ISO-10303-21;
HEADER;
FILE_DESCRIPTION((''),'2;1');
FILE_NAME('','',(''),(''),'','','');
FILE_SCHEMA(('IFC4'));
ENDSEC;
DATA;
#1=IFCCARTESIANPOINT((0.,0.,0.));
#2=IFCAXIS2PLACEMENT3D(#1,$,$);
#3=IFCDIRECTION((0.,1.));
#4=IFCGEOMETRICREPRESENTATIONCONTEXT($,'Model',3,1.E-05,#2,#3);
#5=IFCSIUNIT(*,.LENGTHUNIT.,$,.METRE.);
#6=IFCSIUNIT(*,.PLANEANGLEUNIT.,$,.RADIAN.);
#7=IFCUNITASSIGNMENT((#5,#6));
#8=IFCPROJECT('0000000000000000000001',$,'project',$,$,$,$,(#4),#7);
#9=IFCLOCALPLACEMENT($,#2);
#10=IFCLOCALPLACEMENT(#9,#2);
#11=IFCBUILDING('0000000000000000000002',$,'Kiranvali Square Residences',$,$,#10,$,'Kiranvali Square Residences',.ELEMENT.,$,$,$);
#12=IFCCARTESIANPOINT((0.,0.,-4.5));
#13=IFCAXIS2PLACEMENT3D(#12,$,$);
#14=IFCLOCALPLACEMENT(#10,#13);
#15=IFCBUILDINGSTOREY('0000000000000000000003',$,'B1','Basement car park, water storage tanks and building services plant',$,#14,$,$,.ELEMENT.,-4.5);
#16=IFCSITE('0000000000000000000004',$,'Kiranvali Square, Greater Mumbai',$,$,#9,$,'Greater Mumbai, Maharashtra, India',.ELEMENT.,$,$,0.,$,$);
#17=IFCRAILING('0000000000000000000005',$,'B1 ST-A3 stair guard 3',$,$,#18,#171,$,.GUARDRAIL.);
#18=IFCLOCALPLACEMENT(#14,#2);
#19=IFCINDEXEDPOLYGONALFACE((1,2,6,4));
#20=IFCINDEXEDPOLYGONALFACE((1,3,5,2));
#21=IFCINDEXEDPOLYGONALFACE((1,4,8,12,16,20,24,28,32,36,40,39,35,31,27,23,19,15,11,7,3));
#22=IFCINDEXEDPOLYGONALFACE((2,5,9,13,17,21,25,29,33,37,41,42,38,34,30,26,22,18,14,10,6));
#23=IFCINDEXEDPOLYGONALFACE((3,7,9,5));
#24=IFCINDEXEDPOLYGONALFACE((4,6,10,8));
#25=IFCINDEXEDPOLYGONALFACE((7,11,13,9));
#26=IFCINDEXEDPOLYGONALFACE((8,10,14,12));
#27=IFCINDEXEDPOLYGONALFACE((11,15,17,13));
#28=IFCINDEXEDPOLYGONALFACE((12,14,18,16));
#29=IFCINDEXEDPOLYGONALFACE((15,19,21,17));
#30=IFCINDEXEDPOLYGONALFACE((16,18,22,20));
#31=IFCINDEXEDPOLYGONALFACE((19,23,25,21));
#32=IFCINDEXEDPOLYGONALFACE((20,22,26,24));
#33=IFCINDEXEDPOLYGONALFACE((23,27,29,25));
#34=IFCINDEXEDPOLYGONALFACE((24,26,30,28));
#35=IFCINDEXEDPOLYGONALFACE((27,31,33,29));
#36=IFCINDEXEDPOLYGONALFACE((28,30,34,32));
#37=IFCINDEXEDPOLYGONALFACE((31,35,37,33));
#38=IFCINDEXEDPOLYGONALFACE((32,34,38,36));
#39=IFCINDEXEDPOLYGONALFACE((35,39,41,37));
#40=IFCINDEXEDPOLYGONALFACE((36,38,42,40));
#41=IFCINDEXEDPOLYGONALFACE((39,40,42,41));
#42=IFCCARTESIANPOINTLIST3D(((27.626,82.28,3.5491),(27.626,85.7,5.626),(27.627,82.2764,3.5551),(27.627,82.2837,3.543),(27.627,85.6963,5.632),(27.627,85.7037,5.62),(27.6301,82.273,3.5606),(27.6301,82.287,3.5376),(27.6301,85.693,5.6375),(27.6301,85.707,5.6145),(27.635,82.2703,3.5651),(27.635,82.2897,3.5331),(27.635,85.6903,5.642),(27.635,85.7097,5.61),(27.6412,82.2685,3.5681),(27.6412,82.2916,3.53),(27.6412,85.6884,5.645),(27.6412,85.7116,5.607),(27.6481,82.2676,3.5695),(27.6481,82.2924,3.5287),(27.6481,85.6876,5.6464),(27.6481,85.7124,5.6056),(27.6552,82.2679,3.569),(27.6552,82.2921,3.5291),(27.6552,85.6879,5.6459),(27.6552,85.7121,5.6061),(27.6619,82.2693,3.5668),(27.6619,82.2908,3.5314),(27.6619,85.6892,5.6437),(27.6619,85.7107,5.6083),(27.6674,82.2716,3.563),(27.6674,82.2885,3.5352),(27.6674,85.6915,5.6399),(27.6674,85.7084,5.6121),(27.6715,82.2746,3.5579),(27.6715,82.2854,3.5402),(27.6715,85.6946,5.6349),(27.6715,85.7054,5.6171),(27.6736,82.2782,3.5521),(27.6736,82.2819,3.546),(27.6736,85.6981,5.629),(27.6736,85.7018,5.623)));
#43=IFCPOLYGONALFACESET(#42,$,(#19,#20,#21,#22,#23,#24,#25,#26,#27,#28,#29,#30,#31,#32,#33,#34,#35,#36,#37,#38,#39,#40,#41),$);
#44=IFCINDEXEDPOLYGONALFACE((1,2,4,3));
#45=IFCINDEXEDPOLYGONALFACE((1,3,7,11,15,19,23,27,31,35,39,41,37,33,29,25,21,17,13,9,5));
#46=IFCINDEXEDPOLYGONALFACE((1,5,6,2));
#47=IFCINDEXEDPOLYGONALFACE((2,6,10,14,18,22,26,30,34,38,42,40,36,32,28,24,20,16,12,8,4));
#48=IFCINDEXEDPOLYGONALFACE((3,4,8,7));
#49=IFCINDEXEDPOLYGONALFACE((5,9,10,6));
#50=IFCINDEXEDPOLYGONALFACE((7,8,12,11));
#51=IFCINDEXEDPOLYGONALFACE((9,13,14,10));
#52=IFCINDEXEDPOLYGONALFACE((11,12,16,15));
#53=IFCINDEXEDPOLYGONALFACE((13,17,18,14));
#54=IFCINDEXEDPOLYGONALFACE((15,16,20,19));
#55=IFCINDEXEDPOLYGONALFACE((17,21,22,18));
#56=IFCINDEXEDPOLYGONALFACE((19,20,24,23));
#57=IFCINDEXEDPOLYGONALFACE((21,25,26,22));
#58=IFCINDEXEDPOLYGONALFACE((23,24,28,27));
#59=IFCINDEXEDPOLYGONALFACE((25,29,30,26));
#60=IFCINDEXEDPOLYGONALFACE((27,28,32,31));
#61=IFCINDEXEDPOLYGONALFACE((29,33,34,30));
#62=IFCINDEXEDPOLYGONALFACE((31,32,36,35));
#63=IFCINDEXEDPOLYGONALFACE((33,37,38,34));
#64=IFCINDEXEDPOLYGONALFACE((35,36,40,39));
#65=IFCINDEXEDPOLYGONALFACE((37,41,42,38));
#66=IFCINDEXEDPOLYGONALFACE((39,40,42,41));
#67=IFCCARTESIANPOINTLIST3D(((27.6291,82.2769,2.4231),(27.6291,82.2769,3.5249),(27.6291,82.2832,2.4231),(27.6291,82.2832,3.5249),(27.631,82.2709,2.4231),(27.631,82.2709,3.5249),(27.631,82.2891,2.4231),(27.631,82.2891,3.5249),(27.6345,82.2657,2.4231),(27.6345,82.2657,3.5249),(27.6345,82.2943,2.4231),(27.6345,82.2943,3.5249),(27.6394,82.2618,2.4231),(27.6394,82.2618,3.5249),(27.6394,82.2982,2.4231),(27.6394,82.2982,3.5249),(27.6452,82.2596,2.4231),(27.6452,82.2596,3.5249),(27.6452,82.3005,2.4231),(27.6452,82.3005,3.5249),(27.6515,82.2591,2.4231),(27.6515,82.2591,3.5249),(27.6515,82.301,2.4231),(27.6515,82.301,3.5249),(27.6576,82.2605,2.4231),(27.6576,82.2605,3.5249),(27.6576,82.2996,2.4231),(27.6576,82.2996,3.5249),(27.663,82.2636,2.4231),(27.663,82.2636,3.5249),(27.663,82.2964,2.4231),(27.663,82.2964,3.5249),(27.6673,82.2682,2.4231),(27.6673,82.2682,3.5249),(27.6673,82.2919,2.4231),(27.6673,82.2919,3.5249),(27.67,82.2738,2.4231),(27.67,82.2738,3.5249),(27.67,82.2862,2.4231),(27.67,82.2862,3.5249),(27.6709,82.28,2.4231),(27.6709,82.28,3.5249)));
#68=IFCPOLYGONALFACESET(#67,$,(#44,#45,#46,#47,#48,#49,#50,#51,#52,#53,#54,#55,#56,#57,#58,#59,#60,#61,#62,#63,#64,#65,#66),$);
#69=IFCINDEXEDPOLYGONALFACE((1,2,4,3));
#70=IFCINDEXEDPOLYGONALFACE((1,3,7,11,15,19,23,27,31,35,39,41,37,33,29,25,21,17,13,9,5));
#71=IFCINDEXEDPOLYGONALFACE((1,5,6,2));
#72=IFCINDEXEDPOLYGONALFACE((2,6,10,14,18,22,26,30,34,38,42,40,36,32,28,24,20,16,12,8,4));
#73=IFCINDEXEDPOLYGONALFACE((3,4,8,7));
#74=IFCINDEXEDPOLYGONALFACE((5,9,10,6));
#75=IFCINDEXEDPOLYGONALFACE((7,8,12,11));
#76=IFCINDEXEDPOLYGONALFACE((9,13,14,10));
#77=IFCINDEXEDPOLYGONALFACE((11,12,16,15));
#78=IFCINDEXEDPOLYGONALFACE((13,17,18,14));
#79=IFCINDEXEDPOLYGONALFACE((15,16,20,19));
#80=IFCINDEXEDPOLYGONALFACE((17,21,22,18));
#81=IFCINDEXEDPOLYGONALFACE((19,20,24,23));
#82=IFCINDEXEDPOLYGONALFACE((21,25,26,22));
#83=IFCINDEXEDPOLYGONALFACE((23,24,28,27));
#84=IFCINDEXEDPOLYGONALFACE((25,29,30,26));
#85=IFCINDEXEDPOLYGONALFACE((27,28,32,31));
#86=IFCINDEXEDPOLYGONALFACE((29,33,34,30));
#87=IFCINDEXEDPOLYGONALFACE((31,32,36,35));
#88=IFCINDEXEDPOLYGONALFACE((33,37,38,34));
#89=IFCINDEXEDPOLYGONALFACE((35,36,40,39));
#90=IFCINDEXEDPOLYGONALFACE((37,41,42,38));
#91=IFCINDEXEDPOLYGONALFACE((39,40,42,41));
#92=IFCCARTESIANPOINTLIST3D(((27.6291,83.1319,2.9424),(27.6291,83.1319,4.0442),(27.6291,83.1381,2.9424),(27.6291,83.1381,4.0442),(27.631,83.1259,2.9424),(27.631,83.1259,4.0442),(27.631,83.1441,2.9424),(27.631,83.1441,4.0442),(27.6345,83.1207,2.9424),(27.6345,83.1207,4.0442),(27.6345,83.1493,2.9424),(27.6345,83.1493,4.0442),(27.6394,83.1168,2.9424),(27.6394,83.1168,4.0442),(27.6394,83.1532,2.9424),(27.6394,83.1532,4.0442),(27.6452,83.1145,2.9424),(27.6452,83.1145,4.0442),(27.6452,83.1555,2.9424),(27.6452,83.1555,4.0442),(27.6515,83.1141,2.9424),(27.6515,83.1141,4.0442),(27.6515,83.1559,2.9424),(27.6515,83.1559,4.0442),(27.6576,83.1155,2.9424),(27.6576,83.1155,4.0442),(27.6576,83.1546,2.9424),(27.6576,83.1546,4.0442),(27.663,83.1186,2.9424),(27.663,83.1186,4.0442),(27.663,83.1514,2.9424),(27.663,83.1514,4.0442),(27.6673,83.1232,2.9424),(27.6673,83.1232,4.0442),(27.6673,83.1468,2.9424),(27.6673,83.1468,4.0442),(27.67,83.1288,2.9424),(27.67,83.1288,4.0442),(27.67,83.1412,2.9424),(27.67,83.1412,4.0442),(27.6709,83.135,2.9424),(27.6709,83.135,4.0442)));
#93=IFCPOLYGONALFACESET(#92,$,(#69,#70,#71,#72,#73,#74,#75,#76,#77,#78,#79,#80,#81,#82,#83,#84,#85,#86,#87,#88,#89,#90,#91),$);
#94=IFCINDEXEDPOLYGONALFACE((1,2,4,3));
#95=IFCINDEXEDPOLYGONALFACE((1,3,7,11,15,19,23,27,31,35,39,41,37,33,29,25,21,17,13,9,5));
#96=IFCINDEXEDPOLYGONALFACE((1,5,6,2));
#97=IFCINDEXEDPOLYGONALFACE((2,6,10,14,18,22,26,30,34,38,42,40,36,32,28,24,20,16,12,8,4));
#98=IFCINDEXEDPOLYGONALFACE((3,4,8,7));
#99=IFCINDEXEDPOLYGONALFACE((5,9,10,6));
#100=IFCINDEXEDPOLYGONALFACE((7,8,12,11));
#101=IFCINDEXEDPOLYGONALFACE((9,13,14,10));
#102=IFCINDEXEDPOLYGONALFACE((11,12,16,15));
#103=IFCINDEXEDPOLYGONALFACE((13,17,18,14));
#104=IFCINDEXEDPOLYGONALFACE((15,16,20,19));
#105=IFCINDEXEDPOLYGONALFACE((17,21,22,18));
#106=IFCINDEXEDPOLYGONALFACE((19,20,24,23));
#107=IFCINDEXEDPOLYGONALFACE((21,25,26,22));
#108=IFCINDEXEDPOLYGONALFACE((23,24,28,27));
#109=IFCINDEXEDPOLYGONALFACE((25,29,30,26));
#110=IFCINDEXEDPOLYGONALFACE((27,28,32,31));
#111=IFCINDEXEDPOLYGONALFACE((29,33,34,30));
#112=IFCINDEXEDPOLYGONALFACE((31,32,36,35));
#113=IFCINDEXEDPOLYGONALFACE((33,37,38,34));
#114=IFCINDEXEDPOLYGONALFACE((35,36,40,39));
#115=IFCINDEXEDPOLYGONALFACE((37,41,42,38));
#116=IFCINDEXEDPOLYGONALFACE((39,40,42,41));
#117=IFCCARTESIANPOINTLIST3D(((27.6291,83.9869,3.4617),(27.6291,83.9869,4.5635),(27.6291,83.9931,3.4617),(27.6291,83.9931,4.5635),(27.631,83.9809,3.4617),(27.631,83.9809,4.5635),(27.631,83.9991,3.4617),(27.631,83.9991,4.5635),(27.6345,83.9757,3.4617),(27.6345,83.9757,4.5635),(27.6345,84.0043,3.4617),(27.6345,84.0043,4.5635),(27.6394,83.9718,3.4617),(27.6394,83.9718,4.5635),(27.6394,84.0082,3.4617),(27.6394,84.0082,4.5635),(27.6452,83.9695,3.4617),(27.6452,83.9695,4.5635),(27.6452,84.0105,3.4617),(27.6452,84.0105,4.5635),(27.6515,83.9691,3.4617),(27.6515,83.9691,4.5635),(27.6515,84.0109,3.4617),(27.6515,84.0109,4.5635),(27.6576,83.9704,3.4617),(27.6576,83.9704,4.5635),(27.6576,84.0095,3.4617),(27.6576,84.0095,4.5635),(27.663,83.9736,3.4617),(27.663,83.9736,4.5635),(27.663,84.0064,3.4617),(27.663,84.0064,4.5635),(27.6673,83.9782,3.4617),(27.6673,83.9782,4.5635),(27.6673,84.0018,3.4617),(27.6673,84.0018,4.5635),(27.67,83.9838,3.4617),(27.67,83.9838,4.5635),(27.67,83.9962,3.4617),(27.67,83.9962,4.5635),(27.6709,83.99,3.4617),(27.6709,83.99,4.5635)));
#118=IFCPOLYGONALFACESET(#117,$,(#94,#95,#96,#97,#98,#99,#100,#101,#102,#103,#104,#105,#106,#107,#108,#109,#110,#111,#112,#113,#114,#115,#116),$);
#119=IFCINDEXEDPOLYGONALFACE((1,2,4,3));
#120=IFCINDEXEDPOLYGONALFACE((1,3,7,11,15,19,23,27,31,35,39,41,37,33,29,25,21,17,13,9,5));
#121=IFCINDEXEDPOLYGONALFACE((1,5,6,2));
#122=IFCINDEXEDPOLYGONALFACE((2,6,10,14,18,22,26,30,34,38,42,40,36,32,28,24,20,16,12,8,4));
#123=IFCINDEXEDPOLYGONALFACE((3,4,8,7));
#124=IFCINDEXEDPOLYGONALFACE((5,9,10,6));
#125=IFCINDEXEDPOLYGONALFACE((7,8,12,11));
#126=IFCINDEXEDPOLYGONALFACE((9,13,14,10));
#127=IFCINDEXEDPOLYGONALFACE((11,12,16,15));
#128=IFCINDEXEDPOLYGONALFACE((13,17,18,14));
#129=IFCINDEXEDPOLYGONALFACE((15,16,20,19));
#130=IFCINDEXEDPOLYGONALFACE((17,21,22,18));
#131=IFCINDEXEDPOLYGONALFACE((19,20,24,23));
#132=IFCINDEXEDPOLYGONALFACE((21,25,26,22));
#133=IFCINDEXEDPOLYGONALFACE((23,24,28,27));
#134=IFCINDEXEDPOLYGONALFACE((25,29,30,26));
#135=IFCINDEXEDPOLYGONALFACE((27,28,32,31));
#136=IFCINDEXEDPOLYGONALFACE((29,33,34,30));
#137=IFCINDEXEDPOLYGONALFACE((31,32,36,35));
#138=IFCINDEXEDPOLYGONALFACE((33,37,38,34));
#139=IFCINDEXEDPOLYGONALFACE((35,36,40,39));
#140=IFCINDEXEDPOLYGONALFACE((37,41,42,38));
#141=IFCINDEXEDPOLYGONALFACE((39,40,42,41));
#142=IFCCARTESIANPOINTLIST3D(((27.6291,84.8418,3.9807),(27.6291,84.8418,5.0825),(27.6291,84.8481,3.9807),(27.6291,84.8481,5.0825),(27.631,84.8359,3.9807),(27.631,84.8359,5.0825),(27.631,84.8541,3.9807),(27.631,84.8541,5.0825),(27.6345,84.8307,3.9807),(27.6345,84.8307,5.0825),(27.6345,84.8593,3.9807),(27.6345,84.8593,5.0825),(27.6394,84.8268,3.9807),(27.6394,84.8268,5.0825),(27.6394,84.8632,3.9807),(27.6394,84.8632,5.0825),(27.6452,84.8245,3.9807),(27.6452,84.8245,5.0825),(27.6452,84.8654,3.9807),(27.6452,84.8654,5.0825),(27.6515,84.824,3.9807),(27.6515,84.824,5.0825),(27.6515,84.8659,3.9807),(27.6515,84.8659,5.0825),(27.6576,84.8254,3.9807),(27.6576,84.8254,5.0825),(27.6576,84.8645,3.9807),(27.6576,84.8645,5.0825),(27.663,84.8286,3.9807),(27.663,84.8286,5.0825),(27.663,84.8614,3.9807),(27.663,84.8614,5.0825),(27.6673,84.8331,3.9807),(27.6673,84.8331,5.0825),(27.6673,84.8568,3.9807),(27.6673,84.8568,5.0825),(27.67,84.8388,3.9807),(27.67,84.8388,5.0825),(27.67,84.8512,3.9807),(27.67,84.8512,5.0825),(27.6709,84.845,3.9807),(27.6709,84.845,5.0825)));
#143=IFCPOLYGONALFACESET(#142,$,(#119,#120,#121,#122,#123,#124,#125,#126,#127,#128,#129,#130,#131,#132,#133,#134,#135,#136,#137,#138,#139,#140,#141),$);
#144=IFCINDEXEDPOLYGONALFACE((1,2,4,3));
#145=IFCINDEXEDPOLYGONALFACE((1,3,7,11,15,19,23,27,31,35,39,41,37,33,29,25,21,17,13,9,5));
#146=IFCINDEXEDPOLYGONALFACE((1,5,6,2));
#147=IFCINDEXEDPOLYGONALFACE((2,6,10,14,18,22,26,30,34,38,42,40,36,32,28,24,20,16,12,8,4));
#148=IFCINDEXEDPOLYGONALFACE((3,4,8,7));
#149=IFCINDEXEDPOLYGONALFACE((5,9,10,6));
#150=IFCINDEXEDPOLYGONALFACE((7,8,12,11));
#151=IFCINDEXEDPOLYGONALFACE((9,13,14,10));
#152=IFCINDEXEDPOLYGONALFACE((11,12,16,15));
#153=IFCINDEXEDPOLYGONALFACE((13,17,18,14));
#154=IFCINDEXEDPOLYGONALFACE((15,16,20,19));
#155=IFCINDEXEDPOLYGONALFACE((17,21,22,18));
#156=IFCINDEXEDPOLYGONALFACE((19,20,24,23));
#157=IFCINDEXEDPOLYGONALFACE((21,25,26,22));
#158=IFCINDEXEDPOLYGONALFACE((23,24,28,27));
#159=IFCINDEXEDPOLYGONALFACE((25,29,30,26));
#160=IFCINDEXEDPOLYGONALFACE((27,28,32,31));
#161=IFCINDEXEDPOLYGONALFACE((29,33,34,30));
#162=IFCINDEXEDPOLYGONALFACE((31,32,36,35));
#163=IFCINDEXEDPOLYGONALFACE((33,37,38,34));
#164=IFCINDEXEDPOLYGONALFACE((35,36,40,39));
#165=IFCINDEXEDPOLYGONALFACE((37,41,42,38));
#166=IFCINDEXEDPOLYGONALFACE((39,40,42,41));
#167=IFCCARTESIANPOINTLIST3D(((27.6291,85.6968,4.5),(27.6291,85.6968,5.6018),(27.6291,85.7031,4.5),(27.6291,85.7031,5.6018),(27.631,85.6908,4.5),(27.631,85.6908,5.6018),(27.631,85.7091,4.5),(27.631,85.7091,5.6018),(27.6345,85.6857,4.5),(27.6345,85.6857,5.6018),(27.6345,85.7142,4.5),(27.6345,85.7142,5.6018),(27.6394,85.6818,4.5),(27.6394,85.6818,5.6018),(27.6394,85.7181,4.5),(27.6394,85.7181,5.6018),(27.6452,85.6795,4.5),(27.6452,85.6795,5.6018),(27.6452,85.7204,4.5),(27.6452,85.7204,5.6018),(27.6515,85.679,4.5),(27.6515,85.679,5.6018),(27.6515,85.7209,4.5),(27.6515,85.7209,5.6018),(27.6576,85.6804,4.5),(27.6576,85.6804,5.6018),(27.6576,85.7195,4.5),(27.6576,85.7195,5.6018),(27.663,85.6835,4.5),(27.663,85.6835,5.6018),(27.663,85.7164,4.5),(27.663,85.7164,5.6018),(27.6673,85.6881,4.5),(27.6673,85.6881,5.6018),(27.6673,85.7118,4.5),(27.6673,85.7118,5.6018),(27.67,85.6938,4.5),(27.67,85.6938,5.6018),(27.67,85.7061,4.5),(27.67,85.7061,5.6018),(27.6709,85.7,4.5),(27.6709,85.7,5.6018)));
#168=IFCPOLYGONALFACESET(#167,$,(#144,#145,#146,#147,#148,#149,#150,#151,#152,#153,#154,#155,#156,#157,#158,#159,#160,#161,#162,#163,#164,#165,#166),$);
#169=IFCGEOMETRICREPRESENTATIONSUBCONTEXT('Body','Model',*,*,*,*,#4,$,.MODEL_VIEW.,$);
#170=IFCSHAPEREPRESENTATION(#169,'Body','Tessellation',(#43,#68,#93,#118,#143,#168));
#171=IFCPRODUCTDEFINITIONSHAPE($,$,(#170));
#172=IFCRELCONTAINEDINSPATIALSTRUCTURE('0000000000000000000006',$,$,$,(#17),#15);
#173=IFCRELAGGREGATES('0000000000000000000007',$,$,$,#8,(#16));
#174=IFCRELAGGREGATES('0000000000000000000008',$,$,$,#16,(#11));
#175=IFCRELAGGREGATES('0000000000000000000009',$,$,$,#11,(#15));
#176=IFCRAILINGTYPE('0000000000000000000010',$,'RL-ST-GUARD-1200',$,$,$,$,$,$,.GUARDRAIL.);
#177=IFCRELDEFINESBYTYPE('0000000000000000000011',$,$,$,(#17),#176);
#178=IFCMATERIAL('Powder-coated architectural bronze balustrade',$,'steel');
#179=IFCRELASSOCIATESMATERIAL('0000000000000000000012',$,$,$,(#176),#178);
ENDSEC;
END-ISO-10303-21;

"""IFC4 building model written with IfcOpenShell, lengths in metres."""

from ifc_helpers import new_model, si_unit, direction, frame, origin, origin_2d, place, context, subcontext, project, spatial, circle, extrude, material, type_object, element, save


model = new_model("IFC4")

# Units and contexts
model_context = context("Model", 3, precision=1e-05, world=origin(), true_north=direction((0.0, 1.0)))
body_context = subcontext(model_context, "Body", "Model", "MODEL_VIEW")
ifc_project = project(units=[si_unit("LENGTHUNIT", "METRE"), si_unit("PLANEANGLEUNIT", "RADIAN")], contexts=[model_context])

# Site, building, storey
site_placement = place(None, origin())
site = spatial("IfcSite", under=ifc_project, at=site_placement, Name="Kiranvali Square, Greater Mumbai", LongName="Greater Mumbai, Maharashtra, India", CompositionType="ELEMENT", RefElevation=0.0)
building_placement = place(site_placement, origin())
building = spatial("IfcBuilding", under=site, at=building_placement, Name="Kiranvali Square Residences", LongName="Kiranvali Square Residences", CompositionType="ELEMENT")
storey_placement = place(building_placement, frame((0.0, 0.0, -4.5)))
storey = spatial("IfcBuildingStorey", under=building, at=storey_placement, Name="B1", Description="Basement car park, water storage tanks and building services plant", CompositionType="ELEMENT", Elevation=-4.5)

# Railing
ifc_material_1 = material(Name="Powder-coated architectural bronze balustrade", Category="steel")
railing_type_1 = type_object("IfcRailingType", Name="RL-ST-GUARD-1200", PredefinedType="GUARDRAIL", material=ifc_material_1)
railing_1_placement = place(storey_placement, frame((27.6499, 82.28, 2.4231)))
element("IfcRailing", 1, at=railing_1_placement, inside=storey, type_object=railing_type_1, Name="B1 ST-A3 stair guard 3", PredefinedType="GUARDRAIL", context=body_context, shape_type="SweptSolid", body=[
    extrude(circle(Radius=0.0239, at=origin_2d()), frame((0.0, 0.0, 1.126), z_axis=(0.0, 0.85473, 0.519074), x_axis=(-1.0, 0.0, 0.0)), (0.0, 0.0, 1.0), 4.0012),
    extrude(circle(Radius=0.021, at=origin_2d()), origin(), (0.0, 0.0, 1.0), 1.1018),
    extrude(circle(Radius=0.021, at=origin_2d()), frame((0.0, 0.855, 0.5193)), (0.0, 0.0, 1.0), 1.1018),
    extrude(circle(Radius=0.021, at=origin_2d()), frame((0.0, 1.71, 1.0386)), (0.0, 0.0, 1.0), 1.1018),
    extrude(circle(Radius=0.021, at=origin_2d()), frame((0.0, 2.5649, 1.5576)), (0.0, 0.0, 1.0), 1.1018),
    extrude(circle(Radius=0.021, at=origin_2d()), frame((0.0, 3.4199, 2.0769)), (0.0, 0.0, 1.0), 1.1018),
])

save(model, "model.ifc")
